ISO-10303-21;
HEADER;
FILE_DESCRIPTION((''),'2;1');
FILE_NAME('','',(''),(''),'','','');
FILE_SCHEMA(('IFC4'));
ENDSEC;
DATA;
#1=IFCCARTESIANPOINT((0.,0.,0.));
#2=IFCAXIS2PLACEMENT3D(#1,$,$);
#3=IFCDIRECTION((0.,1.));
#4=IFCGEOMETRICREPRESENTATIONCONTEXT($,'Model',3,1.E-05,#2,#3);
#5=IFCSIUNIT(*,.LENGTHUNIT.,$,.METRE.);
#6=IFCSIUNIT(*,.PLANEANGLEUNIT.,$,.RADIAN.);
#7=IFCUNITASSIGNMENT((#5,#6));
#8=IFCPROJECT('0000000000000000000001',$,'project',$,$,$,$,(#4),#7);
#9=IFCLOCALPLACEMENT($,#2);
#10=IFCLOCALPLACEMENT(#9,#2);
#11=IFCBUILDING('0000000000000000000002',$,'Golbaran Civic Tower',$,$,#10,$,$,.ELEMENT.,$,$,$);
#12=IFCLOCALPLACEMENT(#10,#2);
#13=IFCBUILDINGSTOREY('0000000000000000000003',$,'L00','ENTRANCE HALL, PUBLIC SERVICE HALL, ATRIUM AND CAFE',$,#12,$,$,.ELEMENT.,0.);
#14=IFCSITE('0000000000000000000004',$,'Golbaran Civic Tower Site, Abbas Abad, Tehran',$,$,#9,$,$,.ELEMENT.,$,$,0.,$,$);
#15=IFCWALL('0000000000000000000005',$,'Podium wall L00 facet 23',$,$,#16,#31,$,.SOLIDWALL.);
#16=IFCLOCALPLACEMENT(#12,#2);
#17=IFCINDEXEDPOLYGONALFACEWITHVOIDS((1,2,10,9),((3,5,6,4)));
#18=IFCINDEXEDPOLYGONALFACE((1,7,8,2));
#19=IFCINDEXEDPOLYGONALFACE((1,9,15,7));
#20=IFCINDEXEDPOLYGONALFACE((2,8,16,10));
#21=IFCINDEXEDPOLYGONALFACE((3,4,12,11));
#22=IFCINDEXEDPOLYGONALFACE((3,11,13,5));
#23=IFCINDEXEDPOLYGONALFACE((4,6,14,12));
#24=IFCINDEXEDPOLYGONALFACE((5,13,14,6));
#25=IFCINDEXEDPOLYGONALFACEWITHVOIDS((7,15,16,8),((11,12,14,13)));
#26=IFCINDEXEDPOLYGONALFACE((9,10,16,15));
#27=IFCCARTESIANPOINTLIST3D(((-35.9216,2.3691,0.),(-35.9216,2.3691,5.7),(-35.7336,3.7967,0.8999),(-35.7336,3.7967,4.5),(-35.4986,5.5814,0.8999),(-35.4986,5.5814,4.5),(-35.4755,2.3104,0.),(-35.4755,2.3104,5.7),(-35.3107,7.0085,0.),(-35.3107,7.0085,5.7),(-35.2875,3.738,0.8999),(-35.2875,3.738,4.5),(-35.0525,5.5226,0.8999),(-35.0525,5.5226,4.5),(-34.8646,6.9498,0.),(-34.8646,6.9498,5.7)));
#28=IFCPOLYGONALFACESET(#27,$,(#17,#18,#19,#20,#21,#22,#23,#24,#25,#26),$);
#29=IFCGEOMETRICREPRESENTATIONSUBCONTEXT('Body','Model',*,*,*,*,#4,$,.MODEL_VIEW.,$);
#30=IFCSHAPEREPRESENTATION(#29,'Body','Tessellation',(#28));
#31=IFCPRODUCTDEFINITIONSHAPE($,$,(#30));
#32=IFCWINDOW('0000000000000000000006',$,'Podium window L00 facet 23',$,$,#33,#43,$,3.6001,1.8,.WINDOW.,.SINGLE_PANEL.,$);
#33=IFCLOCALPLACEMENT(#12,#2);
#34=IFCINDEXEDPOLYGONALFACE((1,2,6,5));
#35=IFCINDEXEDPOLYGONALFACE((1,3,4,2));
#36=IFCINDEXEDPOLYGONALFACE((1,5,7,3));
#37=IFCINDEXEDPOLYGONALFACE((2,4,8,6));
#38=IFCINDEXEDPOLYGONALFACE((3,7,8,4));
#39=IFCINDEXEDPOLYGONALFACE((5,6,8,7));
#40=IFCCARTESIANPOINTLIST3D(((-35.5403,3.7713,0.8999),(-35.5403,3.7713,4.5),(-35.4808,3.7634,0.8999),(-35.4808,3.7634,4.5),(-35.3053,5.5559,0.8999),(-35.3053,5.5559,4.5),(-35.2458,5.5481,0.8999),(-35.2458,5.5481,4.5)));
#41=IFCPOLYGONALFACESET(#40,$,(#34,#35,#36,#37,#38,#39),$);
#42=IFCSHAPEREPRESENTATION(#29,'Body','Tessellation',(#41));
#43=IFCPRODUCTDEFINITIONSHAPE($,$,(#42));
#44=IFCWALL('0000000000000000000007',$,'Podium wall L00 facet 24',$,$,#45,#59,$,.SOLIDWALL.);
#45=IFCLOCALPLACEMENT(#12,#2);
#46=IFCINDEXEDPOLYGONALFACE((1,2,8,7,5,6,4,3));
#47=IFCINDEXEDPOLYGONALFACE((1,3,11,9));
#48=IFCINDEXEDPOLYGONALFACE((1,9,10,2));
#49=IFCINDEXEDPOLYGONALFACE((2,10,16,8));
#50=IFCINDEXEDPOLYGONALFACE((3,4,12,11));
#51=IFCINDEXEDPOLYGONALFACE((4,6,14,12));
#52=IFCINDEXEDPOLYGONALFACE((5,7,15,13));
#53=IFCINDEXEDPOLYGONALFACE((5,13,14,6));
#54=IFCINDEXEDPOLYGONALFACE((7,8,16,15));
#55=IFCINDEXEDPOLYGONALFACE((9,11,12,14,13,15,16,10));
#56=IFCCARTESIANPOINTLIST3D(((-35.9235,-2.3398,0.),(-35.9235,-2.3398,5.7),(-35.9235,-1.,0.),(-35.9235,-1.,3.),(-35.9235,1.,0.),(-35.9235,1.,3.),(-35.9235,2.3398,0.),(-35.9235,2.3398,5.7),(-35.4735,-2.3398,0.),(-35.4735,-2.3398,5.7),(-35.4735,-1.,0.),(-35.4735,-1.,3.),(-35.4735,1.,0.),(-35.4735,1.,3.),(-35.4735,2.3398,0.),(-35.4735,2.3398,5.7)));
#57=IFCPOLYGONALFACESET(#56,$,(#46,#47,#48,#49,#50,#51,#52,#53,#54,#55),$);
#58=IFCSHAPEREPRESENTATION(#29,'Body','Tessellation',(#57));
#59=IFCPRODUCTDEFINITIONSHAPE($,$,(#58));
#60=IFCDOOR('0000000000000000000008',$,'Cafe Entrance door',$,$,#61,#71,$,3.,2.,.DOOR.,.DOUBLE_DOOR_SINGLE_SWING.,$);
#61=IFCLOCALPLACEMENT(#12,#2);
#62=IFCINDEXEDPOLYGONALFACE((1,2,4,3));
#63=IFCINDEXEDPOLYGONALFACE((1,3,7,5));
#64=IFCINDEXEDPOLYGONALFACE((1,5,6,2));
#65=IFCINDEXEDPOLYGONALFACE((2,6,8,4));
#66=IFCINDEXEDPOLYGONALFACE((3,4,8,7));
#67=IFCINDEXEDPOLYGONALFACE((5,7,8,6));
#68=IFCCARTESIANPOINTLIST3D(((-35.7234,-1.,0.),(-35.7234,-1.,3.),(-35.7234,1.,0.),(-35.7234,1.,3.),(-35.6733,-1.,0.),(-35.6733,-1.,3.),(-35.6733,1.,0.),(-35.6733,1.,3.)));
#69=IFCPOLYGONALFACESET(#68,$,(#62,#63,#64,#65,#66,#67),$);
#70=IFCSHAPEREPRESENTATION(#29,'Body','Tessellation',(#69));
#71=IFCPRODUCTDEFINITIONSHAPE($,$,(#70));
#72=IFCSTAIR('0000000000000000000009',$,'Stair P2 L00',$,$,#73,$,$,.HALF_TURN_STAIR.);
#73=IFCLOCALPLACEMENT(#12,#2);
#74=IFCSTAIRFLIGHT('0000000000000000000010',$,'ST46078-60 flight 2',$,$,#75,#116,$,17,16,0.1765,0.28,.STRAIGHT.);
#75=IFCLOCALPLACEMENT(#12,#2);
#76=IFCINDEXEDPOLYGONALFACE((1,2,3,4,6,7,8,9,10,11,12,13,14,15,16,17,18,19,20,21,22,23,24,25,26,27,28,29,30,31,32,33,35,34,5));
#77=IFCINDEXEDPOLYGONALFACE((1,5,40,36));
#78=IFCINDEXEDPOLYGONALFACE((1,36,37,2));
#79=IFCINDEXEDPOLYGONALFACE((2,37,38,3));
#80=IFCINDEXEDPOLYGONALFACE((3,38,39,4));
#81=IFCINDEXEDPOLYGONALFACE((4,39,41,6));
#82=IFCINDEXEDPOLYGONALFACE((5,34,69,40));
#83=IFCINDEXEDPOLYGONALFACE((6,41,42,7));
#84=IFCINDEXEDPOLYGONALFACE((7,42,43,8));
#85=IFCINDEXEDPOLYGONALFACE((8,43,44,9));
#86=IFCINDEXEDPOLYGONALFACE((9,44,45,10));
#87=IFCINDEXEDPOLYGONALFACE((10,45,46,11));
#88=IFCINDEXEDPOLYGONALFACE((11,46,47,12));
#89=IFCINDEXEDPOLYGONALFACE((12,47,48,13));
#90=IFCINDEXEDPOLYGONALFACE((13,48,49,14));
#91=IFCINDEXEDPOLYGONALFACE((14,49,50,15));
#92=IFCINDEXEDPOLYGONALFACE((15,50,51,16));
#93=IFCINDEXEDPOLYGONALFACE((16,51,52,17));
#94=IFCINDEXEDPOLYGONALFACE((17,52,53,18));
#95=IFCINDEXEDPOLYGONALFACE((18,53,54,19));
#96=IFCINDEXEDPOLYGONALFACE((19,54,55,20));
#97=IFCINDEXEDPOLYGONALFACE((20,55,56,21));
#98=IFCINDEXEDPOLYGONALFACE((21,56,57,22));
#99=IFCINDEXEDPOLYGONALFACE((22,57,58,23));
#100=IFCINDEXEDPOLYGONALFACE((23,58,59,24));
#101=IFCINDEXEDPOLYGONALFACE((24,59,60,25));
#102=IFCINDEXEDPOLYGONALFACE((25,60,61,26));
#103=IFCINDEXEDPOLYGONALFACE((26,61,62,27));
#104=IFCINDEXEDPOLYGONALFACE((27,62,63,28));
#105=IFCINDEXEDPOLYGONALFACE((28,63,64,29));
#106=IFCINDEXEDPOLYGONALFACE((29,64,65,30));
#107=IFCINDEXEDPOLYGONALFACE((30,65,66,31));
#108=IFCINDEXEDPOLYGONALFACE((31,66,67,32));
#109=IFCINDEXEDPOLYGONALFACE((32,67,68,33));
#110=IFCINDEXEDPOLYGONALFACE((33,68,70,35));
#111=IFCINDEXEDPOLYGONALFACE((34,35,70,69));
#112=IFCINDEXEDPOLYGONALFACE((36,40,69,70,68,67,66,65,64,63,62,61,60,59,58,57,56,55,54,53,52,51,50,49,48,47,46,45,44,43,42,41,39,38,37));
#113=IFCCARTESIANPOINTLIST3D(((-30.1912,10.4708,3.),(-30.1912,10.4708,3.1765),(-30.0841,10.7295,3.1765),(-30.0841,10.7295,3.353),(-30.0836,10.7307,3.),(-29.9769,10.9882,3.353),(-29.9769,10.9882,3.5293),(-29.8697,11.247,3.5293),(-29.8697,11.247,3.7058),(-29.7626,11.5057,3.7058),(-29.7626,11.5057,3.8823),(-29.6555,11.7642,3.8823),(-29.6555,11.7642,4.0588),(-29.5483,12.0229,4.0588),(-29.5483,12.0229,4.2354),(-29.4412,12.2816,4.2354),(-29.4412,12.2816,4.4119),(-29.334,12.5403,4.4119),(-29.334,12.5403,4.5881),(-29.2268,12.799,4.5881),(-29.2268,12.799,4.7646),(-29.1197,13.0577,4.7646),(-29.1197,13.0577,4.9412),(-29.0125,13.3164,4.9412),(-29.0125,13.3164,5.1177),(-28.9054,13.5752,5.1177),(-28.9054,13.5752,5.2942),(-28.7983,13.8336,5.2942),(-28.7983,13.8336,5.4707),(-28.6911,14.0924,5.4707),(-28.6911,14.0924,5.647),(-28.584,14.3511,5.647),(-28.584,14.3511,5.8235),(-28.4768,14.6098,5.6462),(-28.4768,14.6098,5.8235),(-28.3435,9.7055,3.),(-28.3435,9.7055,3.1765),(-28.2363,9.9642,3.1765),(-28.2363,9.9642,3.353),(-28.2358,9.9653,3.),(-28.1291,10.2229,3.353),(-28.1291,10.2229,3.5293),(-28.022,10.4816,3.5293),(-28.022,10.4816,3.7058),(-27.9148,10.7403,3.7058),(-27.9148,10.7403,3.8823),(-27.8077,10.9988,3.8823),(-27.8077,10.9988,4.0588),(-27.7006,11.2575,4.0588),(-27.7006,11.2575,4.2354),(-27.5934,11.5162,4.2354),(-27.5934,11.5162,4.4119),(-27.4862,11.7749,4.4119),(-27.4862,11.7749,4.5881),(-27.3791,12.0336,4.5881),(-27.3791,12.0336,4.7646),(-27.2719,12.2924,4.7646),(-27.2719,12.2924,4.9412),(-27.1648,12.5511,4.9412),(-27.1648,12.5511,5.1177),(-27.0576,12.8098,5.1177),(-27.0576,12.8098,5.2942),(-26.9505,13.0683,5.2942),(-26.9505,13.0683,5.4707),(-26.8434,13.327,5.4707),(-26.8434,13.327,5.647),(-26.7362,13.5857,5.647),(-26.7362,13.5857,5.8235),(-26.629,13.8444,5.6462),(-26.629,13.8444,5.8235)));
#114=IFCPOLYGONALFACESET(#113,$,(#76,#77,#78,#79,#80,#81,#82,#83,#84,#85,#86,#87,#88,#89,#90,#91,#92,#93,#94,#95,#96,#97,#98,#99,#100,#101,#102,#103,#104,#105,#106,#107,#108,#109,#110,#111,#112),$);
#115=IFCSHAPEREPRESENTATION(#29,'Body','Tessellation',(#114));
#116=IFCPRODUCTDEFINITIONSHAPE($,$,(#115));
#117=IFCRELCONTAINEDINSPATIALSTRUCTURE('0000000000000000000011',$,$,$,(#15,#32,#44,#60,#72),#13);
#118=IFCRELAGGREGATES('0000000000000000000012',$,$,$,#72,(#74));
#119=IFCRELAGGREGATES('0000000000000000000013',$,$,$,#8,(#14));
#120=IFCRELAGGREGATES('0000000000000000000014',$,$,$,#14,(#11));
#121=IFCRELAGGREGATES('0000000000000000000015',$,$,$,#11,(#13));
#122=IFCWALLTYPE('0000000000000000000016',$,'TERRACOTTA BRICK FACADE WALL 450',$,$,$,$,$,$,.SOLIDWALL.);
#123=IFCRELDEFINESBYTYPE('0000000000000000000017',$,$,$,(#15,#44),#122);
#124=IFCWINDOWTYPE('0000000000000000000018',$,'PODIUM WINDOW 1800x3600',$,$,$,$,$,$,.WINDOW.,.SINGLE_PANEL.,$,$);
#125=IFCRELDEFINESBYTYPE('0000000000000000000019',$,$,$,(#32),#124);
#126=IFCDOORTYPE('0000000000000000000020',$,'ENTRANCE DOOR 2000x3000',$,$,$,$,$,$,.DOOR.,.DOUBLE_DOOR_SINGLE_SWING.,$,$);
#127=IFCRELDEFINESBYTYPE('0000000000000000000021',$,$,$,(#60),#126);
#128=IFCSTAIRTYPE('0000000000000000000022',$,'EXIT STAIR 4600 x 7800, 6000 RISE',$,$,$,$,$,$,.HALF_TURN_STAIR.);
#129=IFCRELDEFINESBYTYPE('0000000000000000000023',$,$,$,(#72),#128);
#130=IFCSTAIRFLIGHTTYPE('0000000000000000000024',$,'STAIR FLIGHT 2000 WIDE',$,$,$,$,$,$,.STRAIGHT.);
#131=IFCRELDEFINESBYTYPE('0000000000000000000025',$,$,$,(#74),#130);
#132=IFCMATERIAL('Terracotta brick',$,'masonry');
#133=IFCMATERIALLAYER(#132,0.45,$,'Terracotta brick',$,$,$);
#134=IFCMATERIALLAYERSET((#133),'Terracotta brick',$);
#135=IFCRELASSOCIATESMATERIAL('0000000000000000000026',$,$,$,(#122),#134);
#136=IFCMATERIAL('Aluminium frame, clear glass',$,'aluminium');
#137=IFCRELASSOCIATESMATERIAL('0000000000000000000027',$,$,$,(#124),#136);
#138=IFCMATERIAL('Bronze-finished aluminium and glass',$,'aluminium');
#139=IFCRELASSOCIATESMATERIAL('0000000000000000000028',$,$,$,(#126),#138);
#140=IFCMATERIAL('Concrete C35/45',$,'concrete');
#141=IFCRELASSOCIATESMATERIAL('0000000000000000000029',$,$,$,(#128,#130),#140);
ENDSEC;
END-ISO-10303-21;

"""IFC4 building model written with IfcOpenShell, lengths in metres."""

from ifc_helpers import new_model, si_unit, direction, frame, frame_2d, origin, place, context, subcontext, project, spatial, polyline, rectangle, outline, extrude, material, layer, layer_set, type_object, element, fill, aggregate, save


model = new_model("IFC4")

# Units and contexts
model_context = context("Model", 3, precision=1e-05, world=origin(), true_north=direction((0.0, 1.0)))
body_context = subcontext(model_context, "Body", "Model", "MODEL_VIEW")
ifc_project = project(units=[si_unit("LENGTHUNIT", "METRE"), si_unit("PLANEANGLEUNIT", "RADIAN")], contexts=[model_context])

# Site, building, storey
site_placement = place(None, origin())
site = spatial("IfcSite", under=ifc_project, at=site_placement, Name="Golbaran Civic Tower Site, Abbas Abad, Tehran", CompositionType="ELEMENT", RefElevation=0.0)
building_placement = place(site_placement, origin())
building = spatial("IfcBuilding", under=site, at=building_placement, Name="Golbaran Civic Tower", CompositionType="ELEMENT")
storey_placement = place(building_placement, origin())
storey = spatial("IfcBuildingStorey", under=building, at=storey_placement, Name="L00", Description="ENTRANCE HALL, PUBLIC SERVICE HALL, ATRIUM AND CAFE", CompositionType="ELEMENT", Elevation=0.0)

# Wall, opening, window
ifc_material_1 = material(Name="Terracotta brick", Category="masonry")
ifc_layer_1 = layer(ifc_material_1, 0.45, Name="Terracotta brick")
ifc_layer_set_1 = layer_set([ifc_layer_1], Name="Terracotta brick")
wall_type_1 = type_object("IfcWallType", Name="TERRACOTTA BRICK FACADE WALL 450", PredefinedType="SOLIDWALL", material=ifc_layer_set_1)
ifc_material_2 = material(Name="Aluminium frame, clear glass", Category="aluminium")
window_type = type_object("IfcWindowType", Name="PODIUM WINDOW 1800x3600", PartitioningType="SINGLE_PANEL", PredefinedType="WINDOW", material=ifc_material_2)
wall_1_placement = place(storey_placement, frame((-35.0876, 6.9792, 0.0), z_axis=(0.0, 0.0, 1.0), x_axis=(-0.130537, -0.991443, 0.0)))
wall_1 = element("IfcWall", 1, at=wall_1_placement, inside=storey, type_object=wall_type_1, Name="Podium wall L00 facet 23", PredefinedType="SOLIDWALL", context=body_context, shape_type="SweptSolid", body=[
    extrude(rectangle(XDim=4.6794, YDim=0.45, at=frame_2d((2.3398, 0.0))), origin(), (0.0, 0.0, 1.0), 5.7),
])
opening_1_placement = place(wall_1_placement, frame((1.4397, 0.0, 0.8999)))
opening_1 = element("IfcOpeningElement", 2, at=opening_1_placement, cuts=wall_1, PredefinedType="OPENING", context=body_context, shape_type="SweptSolid", body=[
    extrude(rectangle(XDim=1.8, YDim=3.6001, at=frame_2d((0.8999, 1.8))), frame((0.0, 0.2349, 0.0), z_axis=(0.0, -1.0, 0.0), x_axis=(1.0, 0.0, 0.0)), (0.0, 0.0, 1.0), 0.47),
])
window_1_placement = place(opening_1_placement, origin())
window_1 = element("IfcWindow", 3, at=window_1_placement, inside=storey, type_object=window_type, Name="Podium window L00 facet 23", OverallHeight=3.6001, OverallWidth=1.8, PartitioningType="SINGLE_PANEL", PredefinedType="WINDOW", context=body_context, shape_type="SweptSolid", body=[
    extrude(rectangle(XDim=1.8, YDim=3.6001, at=frame_2d((0.8999, 1.8))), frame((0.0, 0.03, 0.0), z_axis=(0.0, -1.0, 0.0), x_axis=(1.0, 0.0, 0.0)), (0.0, 0.0, 1.0), 0.0601),
])
fill(opening_1, window_1)

# Wall, opening, door
wall_2_placement = place(storey_placement, frame((-35.6985, 2.3398, 0.0), z_axis=(0.0, 0.0, 1.0), x_axis=(0.0, -1.0, 0.0)))
wall_2 = element("IfcWall", 4, at=wall_2_placement, inside=storey, type_object=wall_type_1, Name="Podium wall L00 facet 24", PredefinedType="SOLIDWALL", context=body_context, shape_type="SweptSolid", body=[
    extrude(rectangle(XDim=4.6797, YDim=0.45, at=frame_2d((2.3398, 0.0))), origin(), (0.0, 0.0, 1.0), 5.7),
])
opening_2_placement = place(wall_2_placement, frame((1.3398, 0.0, 0.0)))
opening_2 = element("IfcOpeningElement", 5, at=opening_2_placement, cuts=wall_2, PredefinedType="OPENING", context=body_context, shape_type="SweptSolid", body=[
    extrude(rectangle(XDim=2.0, YDim=3.0, at=frame_2d((1.0, 1.5))), frame((0.0, 0.2349, 0.0), z_axis=(0.0, -1.0, 0.0), x_axis=(1.0, 0.0, 0.0)), (0.0, 0.0, 1.0), 0.47),
])
ifc_material_3 = material(Name="Bronze-finished aluminium and glass", Category="aluminium")
door_type_1 = type_object("IfcDoorType", Name="ENTRANCE DOOR 2000x3000", OperationType="DOUBLE_DOOR_SINGLE_SWING", PredefinedType="DOOR", material=ifc_material_3)
door_1_placement = place(opening_2_placement, frame((2.0, 0.0, 0.0), z_axis=(0.0, 0.0, 1.0), x_axis=(-1.0, 0.0, 0.0)))
door_1 = element("IfcDoor", 6, at=door_1_placement, inside=storey, type_object=door_type_1, Name="Cafe Entrance door", OperationType="DOUBLE_DOOR_SINGLE_SWING", OverallHeight=3.0, OverallWidth=2.0, PredefinedType="DOOR", context=body_context, shape_type="SweptSolid", body=[
    extrude(rectangle(XDim=2.0, YDim=3.0, at=frame_2d((1.0, 1.5))), frame((0.0, 0.0249, 0.0), z_axis=(0.0, -1.0, 0.0), x_axis=(1.0, 0.0, 0.0)), (0.0, 0.0, 1.0), 0.05),
])
fill(opening_2, door_1)

# Stair, stair flight
ifc_material_4 = material(Name="Concrete C35/45", Category="concrete")
stair_type = type_object("IfcStairType", Name="EXIT STAIR 4600 x 7800, 6000 RISE", PredefinedType="HALF_TURN_STAIR", material=ifc_material_4)
stair_placement = place(storey_placement, origin())
stair = element("IfcStair", 7, at=stair_placement, inside=storey, type_object=stair_type, Name="Stair P2 L00", PredefinedType="HALF_TURN_STAIR")
stair_flight_type = type_object("IfcStairFlightType", Name="STAIR FLIGHT 2000 WIDE", PredefinedType="STRAIGHT", material=ifc_material_4)
stair_flight_placement = place(storey_placement, frame((-29.2673, 10.0881, 3.0), z_axis=(0.0, 0.0, 1.0), x_axis=(0.382683, 0.92388, 0.0)))
stair_flight = element("IfcStairFlight", 8, at=stair_flight_placement, type_object=stair_flight_type, Name="ST46078-60 flight 2", NumberOfRisers=17, NumberOfTreads=16, PredefinedType="STRAIGHT", RiserHeight=0.1765, TreadLength=0.28, context=body_context, shape_type="SweptSolid", body=[
    extrude(outline(polyline([(0.0, 0.0), (0.0, 0.1765), (0.28, 0.1765), (0.28, 0.353), (0.5601, 0.353), (0.5601, 0.5293), (0.8401, 0.5293), (0.8401, 0.7058), (1.1201, 0.7058), (1.1201, 0.8823), (1.3999, 0.8823), (1.3999, 1.0588), (1.6799, 1.0588), (1.6799, 1.2354), (1.96, 1.2354), (1.96, 1.4119), (2.24, 1.4119), (2.24, 1.5881), (2.52, 1.5881), (2.52, 1.7646), (2.8, 1.7646), (2.8, 1.9412), (3.0801, 1.9412), (3.0801, 2.1177), (3.3601, 2.1177), (3.3601, 2.2942), (3.6399, 2.2942), (3.6399, 2.4707), (3.9199, 2.4707), (3.9199, 2.647), (4.2, 2.647), (4.2, 2.8235), (4.48, 2.8235), (4.48, 3.0), (4.48, 2.6462), (0.2812, 0.0), (0.0, 0.0)])), frame((0.0, 1.0, 0.0), z_axis=(0.0, -1.0, 0.0), x_axis=(1.0, 0.0, 0.0)), (0.0, 0.0, 1.0), 2.0),
])
aggregate(stair, [stair_flight])

save(model, "model.ifc")
